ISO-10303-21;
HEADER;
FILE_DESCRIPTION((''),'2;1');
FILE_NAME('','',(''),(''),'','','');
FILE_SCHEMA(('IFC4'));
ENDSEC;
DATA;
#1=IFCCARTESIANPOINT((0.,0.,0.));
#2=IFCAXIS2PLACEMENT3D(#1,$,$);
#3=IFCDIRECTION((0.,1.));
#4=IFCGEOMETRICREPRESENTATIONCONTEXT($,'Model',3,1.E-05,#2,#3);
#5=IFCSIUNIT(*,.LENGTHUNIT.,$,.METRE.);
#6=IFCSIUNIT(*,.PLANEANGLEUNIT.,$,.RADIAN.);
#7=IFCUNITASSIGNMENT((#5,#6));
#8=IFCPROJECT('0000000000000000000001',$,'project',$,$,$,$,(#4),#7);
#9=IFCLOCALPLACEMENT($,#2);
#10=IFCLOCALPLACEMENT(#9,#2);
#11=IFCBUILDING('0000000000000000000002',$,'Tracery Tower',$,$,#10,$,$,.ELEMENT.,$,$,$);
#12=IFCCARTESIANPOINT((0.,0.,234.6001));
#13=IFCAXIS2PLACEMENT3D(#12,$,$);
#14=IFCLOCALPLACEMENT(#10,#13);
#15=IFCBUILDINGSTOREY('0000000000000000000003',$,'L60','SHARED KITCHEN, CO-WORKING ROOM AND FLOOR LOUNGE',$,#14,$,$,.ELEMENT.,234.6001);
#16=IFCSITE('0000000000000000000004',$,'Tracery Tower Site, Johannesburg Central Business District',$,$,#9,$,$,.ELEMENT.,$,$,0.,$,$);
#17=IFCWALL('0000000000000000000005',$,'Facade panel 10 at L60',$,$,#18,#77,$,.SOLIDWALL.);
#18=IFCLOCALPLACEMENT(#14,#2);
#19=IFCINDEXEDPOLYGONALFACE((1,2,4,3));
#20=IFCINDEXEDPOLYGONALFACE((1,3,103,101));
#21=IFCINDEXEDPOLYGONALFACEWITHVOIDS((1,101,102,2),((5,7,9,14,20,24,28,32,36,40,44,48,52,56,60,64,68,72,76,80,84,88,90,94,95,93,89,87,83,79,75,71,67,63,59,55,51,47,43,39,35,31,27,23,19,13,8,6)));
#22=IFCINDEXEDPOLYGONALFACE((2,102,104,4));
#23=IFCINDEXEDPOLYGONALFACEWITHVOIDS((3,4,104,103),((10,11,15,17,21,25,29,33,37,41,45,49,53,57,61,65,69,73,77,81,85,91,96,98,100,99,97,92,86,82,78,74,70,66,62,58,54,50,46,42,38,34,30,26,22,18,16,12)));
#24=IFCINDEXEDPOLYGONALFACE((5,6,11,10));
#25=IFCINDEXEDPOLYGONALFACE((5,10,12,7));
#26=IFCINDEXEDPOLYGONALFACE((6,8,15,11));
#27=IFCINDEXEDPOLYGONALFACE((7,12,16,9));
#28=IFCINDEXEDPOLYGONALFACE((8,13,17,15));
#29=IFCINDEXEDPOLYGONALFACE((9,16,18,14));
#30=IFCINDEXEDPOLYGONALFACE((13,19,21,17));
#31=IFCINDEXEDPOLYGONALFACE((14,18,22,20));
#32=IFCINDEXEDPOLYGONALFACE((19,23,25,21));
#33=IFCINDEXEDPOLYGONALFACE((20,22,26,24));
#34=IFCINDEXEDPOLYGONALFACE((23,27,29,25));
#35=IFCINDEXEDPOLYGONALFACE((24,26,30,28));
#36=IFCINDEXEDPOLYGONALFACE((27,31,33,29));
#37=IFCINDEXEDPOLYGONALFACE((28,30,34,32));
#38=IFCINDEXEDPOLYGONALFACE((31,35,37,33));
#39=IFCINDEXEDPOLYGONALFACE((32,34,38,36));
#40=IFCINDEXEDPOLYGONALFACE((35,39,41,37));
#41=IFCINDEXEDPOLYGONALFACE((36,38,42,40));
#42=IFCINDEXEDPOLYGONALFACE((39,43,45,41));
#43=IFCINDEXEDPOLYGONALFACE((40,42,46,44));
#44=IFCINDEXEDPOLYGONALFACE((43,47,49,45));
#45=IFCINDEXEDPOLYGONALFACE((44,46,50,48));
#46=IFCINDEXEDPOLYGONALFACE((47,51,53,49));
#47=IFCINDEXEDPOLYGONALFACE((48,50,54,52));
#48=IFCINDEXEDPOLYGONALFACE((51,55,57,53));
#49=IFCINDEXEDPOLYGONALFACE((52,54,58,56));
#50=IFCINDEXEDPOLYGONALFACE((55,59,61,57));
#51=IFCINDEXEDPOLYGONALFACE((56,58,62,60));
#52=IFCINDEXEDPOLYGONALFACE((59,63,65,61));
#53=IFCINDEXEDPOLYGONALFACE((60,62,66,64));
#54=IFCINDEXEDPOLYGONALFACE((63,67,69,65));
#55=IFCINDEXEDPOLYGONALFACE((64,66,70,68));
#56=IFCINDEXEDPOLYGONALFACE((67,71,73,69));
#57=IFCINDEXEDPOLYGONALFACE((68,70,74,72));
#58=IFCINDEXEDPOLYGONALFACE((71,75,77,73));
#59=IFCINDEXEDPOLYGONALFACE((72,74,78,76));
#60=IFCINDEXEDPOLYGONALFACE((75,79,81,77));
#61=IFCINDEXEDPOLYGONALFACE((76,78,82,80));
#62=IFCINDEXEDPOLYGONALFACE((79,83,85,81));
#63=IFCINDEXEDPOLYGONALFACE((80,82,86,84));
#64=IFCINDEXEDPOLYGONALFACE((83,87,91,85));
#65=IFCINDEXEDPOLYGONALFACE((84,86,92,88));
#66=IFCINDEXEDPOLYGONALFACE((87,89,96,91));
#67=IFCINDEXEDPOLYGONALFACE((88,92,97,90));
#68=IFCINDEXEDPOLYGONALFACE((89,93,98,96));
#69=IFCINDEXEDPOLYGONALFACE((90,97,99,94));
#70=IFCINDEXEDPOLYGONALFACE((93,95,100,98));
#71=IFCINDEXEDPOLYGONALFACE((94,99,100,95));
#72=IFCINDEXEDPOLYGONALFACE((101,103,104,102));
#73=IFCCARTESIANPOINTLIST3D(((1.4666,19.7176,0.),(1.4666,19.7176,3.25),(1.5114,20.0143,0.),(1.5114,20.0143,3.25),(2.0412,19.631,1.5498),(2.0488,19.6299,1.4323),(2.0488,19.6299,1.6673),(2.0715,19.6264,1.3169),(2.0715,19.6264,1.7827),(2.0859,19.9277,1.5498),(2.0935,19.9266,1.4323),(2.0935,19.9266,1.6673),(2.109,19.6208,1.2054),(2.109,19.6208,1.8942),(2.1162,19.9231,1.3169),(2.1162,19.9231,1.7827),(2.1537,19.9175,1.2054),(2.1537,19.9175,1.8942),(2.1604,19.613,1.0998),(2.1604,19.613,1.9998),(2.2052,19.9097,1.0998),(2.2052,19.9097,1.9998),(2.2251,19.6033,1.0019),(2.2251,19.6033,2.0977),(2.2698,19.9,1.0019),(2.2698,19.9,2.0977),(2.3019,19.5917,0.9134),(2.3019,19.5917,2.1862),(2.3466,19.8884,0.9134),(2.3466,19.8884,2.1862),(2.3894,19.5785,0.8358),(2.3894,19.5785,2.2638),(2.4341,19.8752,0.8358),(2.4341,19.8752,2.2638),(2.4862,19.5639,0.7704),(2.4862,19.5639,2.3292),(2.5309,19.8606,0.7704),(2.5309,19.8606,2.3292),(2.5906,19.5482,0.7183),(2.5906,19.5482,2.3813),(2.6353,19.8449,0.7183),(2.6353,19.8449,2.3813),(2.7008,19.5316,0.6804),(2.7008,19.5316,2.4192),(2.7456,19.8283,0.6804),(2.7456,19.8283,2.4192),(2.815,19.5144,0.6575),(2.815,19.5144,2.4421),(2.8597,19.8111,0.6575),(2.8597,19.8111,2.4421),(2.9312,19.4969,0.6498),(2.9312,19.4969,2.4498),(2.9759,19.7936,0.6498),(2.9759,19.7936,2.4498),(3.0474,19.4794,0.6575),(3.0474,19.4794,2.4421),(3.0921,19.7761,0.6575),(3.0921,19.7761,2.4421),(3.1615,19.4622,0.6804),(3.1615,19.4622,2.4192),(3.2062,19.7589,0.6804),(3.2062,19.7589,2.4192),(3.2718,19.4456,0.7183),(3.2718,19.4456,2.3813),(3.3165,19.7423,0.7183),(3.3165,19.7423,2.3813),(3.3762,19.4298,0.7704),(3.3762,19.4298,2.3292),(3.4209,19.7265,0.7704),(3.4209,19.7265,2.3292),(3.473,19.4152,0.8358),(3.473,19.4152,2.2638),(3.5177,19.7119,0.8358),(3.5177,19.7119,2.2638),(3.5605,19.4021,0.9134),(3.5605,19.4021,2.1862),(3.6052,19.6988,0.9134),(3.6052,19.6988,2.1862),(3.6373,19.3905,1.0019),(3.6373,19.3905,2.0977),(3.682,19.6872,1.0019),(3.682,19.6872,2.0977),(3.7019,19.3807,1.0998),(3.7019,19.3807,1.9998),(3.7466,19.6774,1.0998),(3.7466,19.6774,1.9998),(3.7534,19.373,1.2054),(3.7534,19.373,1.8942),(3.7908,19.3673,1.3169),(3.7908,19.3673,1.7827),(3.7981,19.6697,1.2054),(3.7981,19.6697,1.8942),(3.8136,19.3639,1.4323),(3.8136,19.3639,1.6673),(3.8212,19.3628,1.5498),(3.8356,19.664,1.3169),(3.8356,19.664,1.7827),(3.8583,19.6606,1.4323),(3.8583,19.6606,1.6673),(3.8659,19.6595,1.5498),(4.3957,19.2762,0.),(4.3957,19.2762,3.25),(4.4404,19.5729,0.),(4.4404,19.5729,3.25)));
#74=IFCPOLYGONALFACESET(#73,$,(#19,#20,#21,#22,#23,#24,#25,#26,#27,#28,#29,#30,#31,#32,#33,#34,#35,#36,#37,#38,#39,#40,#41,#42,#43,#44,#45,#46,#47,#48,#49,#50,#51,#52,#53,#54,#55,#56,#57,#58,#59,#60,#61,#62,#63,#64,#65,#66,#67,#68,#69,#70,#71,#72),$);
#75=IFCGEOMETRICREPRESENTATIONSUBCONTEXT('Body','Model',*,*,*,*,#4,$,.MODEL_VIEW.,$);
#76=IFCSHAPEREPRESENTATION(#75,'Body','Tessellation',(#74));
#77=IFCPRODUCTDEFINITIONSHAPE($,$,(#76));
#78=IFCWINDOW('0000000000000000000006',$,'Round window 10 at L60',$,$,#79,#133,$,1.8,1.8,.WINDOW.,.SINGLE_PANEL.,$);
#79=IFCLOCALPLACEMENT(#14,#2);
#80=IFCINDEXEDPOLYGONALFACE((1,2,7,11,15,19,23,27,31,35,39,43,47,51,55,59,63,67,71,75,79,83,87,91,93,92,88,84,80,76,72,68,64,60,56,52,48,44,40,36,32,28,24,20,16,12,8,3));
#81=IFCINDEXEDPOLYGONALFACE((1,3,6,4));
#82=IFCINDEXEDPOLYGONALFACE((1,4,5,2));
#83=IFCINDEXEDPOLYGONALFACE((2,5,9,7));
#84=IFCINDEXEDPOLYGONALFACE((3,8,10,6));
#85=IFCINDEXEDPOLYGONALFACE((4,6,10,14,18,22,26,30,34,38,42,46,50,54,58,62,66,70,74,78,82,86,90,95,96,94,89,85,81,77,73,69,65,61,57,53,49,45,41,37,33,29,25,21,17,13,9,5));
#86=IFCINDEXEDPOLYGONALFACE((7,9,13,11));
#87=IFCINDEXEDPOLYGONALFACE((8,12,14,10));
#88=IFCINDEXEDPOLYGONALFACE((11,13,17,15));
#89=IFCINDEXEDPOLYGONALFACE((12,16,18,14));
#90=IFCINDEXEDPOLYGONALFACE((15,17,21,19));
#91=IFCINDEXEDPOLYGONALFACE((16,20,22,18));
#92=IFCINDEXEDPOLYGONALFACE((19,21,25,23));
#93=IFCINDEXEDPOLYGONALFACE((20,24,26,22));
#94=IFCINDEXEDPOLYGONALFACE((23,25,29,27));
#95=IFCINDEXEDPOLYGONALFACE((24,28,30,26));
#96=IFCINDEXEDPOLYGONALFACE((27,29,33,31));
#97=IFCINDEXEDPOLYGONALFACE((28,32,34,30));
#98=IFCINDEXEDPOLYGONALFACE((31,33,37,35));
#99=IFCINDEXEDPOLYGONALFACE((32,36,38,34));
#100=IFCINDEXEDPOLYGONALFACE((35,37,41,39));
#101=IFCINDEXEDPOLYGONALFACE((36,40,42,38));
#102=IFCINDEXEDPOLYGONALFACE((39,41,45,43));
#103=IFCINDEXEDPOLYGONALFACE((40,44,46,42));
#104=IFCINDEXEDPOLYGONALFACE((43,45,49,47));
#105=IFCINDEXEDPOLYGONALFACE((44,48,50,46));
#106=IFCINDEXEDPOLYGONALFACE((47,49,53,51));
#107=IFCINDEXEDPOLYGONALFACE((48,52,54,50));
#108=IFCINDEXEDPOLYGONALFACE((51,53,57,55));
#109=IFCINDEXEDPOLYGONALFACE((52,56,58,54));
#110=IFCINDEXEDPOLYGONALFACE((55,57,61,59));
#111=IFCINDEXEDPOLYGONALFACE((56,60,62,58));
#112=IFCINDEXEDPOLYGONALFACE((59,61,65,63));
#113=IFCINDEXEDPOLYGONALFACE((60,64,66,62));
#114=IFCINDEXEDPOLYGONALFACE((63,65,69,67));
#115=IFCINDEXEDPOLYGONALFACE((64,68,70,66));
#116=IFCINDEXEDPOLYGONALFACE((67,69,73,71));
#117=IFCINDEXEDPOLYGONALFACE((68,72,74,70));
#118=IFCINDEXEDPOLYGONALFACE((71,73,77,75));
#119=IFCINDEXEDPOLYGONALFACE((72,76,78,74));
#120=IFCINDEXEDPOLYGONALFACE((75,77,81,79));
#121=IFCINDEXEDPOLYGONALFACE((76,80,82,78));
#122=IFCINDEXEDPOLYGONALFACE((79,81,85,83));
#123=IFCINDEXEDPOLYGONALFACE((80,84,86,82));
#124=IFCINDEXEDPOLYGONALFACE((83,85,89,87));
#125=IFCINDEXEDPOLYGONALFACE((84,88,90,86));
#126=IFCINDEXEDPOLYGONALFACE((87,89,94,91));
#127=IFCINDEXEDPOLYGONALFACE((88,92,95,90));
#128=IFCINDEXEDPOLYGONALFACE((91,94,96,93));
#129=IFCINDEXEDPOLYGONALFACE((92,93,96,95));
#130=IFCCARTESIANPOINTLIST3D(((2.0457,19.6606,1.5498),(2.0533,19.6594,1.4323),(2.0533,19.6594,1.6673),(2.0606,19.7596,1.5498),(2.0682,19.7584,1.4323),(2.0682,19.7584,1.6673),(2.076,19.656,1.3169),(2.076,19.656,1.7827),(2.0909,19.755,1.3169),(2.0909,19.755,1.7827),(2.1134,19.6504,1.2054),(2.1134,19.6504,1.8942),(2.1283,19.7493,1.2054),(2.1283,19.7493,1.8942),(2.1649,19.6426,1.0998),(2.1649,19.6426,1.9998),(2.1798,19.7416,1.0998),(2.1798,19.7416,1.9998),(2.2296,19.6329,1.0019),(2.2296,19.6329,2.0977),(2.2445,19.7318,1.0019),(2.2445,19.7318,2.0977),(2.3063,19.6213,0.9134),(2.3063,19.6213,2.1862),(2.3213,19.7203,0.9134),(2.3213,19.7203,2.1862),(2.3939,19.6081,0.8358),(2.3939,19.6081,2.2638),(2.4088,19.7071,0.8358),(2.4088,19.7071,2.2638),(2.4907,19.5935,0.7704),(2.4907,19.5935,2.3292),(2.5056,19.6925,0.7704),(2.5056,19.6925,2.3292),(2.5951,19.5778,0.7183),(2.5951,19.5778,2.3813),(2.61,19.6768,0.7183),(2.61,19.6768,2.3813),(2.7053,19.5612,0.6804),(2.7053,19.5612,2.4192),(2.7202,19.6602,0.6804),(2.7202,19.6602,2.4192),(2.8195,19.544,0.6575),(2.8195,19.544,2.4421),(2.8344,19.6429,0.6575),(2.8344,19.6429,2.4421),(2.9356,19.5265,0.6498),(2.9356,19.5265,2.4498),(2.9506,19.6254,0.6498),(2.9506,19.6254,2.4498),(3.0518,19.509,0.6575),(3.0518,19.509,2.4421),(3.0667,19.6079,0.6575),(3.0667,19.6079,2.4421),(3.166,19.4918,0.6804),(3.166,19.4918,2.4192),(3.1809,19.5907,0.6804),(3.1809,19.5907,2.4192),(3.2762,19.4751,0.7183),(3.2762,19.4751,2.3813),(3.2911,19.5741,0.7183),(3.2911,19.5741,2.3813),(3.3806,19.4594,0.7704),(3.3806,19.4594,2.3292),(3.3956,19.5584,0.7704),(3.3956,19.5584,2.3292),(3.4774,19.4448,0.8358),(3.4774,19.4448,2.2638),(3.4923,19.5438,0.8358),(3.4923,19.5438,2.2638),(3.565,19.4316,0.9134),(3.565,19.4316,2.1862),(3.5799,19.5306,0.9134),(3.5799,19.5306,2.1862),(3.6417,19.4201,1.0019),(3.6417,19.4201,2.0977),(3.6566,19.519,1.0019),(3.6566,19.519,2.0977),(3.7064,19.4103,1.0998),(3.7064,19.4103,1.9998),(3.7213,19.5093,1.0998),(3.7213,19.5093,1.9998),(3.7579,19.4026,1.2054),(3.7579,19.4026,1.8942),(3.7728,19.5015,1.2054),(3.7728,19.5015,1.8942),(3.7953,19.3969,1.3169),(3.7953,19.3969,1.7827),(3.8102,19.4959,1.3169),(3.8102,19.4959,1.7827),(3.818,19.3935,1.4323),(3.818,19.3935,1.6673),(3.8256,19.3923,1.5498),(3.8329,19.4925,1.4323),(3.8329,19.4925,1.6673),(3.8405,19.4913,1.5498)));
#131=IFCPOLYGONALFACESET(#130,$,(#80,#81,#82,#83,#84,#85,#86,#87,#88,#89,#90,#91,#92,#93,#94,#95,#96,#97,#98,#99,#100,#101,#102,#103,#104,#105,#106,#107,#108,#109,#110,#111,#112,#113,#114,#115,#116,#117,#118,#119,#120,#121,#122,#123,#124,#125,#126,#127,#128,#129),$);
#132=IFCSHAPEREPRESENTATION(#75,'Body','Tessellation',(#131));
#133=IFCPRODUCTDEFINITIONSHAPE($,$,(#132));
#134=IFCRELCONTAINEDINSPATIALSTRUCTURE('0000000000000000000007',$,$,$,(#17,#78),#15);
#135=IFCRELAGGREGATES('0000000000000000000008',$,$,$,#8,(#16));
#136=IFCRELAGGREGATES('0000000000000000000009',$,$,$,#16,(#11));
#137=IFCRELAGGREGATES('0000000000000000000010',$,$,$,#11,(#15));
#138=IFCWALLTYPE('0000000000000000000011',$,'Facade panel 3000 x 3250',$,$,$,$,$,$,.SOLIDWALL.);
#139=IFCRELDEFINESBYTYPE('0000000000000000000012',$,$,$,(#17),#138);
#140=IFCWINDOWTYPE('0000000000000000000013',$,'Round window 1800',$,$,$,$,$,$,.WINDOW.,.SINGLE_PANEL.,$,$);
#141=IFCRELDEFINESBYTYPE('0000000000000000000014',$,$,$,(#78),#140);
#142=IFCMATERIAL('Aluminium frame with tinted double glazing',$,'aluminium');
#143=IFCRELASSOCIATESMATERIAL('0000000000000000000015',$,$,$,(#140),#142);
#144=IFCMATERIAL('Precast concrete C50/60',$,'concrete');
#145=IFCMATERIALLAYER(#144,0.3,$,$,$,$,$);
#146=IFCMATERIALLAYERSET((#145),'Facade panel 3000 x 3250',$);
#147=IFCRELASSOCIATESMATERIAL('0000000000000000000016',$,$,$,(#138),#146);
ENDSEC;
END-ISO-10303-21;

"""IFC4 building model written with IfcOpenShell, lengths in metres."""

from ifc_helpers import new_model, si_unit, direction, frame, frame_2d, origin, origin_2d, place, context, subcontext, project, spatial, rectangle, circle, extrude, material, layer, layer_set, type_object, element, fill, save


model = new_model("IFC4")

# Units and contexts
model_context = context("Model", 3, precision=1e-05, world=origin(), true_north=direction((0.0, 1.0)))
body_context = subcontext(model_context, "Body", "Model", "MODEL_VIEW")
ifc_project = project(units=[si_unit("LENGTHUNIT", "METRE"), si_unit("PLANEANGLEUNIT", "RADIAN")], contexts=[model_context])

# Site, building, storey
site_placement = place(None, origin())
site = spatial("IfcSite", under=ifc_project, at=site_placement, Name="Tracery Tower Site, Johannesburg Central Business District", CompositionType="ELEMENT", RefElevation=0.0)
building_placement = place(site_placement, origin())
building = spatial("IfcBuilding", under=site, at=building_placement, Name="Tracery Tower", CompositionType="ELEMENT")
storey_placement = place(building_placement, frame((0.0, 0.0, 234.6001)))
storey = spatial("IfcBuildingStorey", under=building, at=storey_placement, Name="L60", Description="SHARED KITCHEN, CO-WORKING ROOM AND FLOOR LOUNGE", CompositionType="ELEMENT", Elevation=234.6001)

# Wall, opening, window
ifc_material_1 = material(Name="Aluminium frame with tinted double glazing", Category="aluminium")
window_type = type_object("IfcWindowType", Name="Round window 1800", PartitioningType="SINGLE_PANEL", PredefinedType="WINDOW", material=ifc_material_1)
ifc_material_2 = material(Name="Precast concrete C50/60", Category="concrete")
ifc_layer_1 = layer(ifc_material_2, 0.3)
ifc_layer_set_1 = layer_set([ifc_layer_1], Name="Facade panel 3000 x 3250")
wall_type_1 = type_object("IfcWallType", Name="Facade panel 3000 x 3250", PredefinedType="SOLIDWALL", material=ifc_layer_set_1)
wall_1_placement = place(storey_placement, frame((4.418, 19.4246, 0.0), z_axis=(0.0, 0.0, 1.0), x_axis=(-0.988836, 0.149009, 0.0)))
wall_1 = element("IfcWall", 1, at=wall_1_placement, inside=storey, type_object=wall_type_1, Name="Facade panel 10 at L60", PredefinedType="SOLIDWALL", context=body_context, shape_type="SweptSolid", body=[
    extrude(rectangle(XDim=2.9622, YDim=0.3, at=frame_2d((1.481, 0.0))), origin(), (0.0, 0.0, 1.0), 3.25),
])
opening_1_placement = place(wall_1_placement, frame((1.481, 0.0, 1.5498)))
opening_1 = element("IfcOpeningElement", 2, at=opening_1_placement, cuts=wall_1, PredefinedType="OPENING", context=body_context, shape_type="SweptSolid", body=[
    extrude(circle(Radius=0.9, at=origin_2d()), frame((0.0, 0.1599, 0.0), z_axis=(0.0, -1.0, 0.0), x_axis=(1.0, 0.0, 0.0)), (0.0, 0.0, 1.0), 0.3201),
])
window_1_placement = place(opening_1_placement, origin())
window_1 = element("IfcWindow", 3, at=window_1_placement, inside=storey, type_object=window_type, Name="Round window 10 at L60", OverallHeight=1.8, OverallWidth=1.8, PartitioningType="SINGLE_PANEL", PredefinedType="WINDOW", context=body_context, shape_type="SweptSolid", body=[
    extrude(circle(Radius=0.9, at=origin_2d()), frame((0.0, 0.1201, 0.0), z_axis=(0.0, -1.0, 0.0), x_axis=(1.0, 0.0, 0.0)), (0.0, 0.0, 1.0), 0.1001),
])
fill(opening_1, window_1)

save(model, "model.ifc")
